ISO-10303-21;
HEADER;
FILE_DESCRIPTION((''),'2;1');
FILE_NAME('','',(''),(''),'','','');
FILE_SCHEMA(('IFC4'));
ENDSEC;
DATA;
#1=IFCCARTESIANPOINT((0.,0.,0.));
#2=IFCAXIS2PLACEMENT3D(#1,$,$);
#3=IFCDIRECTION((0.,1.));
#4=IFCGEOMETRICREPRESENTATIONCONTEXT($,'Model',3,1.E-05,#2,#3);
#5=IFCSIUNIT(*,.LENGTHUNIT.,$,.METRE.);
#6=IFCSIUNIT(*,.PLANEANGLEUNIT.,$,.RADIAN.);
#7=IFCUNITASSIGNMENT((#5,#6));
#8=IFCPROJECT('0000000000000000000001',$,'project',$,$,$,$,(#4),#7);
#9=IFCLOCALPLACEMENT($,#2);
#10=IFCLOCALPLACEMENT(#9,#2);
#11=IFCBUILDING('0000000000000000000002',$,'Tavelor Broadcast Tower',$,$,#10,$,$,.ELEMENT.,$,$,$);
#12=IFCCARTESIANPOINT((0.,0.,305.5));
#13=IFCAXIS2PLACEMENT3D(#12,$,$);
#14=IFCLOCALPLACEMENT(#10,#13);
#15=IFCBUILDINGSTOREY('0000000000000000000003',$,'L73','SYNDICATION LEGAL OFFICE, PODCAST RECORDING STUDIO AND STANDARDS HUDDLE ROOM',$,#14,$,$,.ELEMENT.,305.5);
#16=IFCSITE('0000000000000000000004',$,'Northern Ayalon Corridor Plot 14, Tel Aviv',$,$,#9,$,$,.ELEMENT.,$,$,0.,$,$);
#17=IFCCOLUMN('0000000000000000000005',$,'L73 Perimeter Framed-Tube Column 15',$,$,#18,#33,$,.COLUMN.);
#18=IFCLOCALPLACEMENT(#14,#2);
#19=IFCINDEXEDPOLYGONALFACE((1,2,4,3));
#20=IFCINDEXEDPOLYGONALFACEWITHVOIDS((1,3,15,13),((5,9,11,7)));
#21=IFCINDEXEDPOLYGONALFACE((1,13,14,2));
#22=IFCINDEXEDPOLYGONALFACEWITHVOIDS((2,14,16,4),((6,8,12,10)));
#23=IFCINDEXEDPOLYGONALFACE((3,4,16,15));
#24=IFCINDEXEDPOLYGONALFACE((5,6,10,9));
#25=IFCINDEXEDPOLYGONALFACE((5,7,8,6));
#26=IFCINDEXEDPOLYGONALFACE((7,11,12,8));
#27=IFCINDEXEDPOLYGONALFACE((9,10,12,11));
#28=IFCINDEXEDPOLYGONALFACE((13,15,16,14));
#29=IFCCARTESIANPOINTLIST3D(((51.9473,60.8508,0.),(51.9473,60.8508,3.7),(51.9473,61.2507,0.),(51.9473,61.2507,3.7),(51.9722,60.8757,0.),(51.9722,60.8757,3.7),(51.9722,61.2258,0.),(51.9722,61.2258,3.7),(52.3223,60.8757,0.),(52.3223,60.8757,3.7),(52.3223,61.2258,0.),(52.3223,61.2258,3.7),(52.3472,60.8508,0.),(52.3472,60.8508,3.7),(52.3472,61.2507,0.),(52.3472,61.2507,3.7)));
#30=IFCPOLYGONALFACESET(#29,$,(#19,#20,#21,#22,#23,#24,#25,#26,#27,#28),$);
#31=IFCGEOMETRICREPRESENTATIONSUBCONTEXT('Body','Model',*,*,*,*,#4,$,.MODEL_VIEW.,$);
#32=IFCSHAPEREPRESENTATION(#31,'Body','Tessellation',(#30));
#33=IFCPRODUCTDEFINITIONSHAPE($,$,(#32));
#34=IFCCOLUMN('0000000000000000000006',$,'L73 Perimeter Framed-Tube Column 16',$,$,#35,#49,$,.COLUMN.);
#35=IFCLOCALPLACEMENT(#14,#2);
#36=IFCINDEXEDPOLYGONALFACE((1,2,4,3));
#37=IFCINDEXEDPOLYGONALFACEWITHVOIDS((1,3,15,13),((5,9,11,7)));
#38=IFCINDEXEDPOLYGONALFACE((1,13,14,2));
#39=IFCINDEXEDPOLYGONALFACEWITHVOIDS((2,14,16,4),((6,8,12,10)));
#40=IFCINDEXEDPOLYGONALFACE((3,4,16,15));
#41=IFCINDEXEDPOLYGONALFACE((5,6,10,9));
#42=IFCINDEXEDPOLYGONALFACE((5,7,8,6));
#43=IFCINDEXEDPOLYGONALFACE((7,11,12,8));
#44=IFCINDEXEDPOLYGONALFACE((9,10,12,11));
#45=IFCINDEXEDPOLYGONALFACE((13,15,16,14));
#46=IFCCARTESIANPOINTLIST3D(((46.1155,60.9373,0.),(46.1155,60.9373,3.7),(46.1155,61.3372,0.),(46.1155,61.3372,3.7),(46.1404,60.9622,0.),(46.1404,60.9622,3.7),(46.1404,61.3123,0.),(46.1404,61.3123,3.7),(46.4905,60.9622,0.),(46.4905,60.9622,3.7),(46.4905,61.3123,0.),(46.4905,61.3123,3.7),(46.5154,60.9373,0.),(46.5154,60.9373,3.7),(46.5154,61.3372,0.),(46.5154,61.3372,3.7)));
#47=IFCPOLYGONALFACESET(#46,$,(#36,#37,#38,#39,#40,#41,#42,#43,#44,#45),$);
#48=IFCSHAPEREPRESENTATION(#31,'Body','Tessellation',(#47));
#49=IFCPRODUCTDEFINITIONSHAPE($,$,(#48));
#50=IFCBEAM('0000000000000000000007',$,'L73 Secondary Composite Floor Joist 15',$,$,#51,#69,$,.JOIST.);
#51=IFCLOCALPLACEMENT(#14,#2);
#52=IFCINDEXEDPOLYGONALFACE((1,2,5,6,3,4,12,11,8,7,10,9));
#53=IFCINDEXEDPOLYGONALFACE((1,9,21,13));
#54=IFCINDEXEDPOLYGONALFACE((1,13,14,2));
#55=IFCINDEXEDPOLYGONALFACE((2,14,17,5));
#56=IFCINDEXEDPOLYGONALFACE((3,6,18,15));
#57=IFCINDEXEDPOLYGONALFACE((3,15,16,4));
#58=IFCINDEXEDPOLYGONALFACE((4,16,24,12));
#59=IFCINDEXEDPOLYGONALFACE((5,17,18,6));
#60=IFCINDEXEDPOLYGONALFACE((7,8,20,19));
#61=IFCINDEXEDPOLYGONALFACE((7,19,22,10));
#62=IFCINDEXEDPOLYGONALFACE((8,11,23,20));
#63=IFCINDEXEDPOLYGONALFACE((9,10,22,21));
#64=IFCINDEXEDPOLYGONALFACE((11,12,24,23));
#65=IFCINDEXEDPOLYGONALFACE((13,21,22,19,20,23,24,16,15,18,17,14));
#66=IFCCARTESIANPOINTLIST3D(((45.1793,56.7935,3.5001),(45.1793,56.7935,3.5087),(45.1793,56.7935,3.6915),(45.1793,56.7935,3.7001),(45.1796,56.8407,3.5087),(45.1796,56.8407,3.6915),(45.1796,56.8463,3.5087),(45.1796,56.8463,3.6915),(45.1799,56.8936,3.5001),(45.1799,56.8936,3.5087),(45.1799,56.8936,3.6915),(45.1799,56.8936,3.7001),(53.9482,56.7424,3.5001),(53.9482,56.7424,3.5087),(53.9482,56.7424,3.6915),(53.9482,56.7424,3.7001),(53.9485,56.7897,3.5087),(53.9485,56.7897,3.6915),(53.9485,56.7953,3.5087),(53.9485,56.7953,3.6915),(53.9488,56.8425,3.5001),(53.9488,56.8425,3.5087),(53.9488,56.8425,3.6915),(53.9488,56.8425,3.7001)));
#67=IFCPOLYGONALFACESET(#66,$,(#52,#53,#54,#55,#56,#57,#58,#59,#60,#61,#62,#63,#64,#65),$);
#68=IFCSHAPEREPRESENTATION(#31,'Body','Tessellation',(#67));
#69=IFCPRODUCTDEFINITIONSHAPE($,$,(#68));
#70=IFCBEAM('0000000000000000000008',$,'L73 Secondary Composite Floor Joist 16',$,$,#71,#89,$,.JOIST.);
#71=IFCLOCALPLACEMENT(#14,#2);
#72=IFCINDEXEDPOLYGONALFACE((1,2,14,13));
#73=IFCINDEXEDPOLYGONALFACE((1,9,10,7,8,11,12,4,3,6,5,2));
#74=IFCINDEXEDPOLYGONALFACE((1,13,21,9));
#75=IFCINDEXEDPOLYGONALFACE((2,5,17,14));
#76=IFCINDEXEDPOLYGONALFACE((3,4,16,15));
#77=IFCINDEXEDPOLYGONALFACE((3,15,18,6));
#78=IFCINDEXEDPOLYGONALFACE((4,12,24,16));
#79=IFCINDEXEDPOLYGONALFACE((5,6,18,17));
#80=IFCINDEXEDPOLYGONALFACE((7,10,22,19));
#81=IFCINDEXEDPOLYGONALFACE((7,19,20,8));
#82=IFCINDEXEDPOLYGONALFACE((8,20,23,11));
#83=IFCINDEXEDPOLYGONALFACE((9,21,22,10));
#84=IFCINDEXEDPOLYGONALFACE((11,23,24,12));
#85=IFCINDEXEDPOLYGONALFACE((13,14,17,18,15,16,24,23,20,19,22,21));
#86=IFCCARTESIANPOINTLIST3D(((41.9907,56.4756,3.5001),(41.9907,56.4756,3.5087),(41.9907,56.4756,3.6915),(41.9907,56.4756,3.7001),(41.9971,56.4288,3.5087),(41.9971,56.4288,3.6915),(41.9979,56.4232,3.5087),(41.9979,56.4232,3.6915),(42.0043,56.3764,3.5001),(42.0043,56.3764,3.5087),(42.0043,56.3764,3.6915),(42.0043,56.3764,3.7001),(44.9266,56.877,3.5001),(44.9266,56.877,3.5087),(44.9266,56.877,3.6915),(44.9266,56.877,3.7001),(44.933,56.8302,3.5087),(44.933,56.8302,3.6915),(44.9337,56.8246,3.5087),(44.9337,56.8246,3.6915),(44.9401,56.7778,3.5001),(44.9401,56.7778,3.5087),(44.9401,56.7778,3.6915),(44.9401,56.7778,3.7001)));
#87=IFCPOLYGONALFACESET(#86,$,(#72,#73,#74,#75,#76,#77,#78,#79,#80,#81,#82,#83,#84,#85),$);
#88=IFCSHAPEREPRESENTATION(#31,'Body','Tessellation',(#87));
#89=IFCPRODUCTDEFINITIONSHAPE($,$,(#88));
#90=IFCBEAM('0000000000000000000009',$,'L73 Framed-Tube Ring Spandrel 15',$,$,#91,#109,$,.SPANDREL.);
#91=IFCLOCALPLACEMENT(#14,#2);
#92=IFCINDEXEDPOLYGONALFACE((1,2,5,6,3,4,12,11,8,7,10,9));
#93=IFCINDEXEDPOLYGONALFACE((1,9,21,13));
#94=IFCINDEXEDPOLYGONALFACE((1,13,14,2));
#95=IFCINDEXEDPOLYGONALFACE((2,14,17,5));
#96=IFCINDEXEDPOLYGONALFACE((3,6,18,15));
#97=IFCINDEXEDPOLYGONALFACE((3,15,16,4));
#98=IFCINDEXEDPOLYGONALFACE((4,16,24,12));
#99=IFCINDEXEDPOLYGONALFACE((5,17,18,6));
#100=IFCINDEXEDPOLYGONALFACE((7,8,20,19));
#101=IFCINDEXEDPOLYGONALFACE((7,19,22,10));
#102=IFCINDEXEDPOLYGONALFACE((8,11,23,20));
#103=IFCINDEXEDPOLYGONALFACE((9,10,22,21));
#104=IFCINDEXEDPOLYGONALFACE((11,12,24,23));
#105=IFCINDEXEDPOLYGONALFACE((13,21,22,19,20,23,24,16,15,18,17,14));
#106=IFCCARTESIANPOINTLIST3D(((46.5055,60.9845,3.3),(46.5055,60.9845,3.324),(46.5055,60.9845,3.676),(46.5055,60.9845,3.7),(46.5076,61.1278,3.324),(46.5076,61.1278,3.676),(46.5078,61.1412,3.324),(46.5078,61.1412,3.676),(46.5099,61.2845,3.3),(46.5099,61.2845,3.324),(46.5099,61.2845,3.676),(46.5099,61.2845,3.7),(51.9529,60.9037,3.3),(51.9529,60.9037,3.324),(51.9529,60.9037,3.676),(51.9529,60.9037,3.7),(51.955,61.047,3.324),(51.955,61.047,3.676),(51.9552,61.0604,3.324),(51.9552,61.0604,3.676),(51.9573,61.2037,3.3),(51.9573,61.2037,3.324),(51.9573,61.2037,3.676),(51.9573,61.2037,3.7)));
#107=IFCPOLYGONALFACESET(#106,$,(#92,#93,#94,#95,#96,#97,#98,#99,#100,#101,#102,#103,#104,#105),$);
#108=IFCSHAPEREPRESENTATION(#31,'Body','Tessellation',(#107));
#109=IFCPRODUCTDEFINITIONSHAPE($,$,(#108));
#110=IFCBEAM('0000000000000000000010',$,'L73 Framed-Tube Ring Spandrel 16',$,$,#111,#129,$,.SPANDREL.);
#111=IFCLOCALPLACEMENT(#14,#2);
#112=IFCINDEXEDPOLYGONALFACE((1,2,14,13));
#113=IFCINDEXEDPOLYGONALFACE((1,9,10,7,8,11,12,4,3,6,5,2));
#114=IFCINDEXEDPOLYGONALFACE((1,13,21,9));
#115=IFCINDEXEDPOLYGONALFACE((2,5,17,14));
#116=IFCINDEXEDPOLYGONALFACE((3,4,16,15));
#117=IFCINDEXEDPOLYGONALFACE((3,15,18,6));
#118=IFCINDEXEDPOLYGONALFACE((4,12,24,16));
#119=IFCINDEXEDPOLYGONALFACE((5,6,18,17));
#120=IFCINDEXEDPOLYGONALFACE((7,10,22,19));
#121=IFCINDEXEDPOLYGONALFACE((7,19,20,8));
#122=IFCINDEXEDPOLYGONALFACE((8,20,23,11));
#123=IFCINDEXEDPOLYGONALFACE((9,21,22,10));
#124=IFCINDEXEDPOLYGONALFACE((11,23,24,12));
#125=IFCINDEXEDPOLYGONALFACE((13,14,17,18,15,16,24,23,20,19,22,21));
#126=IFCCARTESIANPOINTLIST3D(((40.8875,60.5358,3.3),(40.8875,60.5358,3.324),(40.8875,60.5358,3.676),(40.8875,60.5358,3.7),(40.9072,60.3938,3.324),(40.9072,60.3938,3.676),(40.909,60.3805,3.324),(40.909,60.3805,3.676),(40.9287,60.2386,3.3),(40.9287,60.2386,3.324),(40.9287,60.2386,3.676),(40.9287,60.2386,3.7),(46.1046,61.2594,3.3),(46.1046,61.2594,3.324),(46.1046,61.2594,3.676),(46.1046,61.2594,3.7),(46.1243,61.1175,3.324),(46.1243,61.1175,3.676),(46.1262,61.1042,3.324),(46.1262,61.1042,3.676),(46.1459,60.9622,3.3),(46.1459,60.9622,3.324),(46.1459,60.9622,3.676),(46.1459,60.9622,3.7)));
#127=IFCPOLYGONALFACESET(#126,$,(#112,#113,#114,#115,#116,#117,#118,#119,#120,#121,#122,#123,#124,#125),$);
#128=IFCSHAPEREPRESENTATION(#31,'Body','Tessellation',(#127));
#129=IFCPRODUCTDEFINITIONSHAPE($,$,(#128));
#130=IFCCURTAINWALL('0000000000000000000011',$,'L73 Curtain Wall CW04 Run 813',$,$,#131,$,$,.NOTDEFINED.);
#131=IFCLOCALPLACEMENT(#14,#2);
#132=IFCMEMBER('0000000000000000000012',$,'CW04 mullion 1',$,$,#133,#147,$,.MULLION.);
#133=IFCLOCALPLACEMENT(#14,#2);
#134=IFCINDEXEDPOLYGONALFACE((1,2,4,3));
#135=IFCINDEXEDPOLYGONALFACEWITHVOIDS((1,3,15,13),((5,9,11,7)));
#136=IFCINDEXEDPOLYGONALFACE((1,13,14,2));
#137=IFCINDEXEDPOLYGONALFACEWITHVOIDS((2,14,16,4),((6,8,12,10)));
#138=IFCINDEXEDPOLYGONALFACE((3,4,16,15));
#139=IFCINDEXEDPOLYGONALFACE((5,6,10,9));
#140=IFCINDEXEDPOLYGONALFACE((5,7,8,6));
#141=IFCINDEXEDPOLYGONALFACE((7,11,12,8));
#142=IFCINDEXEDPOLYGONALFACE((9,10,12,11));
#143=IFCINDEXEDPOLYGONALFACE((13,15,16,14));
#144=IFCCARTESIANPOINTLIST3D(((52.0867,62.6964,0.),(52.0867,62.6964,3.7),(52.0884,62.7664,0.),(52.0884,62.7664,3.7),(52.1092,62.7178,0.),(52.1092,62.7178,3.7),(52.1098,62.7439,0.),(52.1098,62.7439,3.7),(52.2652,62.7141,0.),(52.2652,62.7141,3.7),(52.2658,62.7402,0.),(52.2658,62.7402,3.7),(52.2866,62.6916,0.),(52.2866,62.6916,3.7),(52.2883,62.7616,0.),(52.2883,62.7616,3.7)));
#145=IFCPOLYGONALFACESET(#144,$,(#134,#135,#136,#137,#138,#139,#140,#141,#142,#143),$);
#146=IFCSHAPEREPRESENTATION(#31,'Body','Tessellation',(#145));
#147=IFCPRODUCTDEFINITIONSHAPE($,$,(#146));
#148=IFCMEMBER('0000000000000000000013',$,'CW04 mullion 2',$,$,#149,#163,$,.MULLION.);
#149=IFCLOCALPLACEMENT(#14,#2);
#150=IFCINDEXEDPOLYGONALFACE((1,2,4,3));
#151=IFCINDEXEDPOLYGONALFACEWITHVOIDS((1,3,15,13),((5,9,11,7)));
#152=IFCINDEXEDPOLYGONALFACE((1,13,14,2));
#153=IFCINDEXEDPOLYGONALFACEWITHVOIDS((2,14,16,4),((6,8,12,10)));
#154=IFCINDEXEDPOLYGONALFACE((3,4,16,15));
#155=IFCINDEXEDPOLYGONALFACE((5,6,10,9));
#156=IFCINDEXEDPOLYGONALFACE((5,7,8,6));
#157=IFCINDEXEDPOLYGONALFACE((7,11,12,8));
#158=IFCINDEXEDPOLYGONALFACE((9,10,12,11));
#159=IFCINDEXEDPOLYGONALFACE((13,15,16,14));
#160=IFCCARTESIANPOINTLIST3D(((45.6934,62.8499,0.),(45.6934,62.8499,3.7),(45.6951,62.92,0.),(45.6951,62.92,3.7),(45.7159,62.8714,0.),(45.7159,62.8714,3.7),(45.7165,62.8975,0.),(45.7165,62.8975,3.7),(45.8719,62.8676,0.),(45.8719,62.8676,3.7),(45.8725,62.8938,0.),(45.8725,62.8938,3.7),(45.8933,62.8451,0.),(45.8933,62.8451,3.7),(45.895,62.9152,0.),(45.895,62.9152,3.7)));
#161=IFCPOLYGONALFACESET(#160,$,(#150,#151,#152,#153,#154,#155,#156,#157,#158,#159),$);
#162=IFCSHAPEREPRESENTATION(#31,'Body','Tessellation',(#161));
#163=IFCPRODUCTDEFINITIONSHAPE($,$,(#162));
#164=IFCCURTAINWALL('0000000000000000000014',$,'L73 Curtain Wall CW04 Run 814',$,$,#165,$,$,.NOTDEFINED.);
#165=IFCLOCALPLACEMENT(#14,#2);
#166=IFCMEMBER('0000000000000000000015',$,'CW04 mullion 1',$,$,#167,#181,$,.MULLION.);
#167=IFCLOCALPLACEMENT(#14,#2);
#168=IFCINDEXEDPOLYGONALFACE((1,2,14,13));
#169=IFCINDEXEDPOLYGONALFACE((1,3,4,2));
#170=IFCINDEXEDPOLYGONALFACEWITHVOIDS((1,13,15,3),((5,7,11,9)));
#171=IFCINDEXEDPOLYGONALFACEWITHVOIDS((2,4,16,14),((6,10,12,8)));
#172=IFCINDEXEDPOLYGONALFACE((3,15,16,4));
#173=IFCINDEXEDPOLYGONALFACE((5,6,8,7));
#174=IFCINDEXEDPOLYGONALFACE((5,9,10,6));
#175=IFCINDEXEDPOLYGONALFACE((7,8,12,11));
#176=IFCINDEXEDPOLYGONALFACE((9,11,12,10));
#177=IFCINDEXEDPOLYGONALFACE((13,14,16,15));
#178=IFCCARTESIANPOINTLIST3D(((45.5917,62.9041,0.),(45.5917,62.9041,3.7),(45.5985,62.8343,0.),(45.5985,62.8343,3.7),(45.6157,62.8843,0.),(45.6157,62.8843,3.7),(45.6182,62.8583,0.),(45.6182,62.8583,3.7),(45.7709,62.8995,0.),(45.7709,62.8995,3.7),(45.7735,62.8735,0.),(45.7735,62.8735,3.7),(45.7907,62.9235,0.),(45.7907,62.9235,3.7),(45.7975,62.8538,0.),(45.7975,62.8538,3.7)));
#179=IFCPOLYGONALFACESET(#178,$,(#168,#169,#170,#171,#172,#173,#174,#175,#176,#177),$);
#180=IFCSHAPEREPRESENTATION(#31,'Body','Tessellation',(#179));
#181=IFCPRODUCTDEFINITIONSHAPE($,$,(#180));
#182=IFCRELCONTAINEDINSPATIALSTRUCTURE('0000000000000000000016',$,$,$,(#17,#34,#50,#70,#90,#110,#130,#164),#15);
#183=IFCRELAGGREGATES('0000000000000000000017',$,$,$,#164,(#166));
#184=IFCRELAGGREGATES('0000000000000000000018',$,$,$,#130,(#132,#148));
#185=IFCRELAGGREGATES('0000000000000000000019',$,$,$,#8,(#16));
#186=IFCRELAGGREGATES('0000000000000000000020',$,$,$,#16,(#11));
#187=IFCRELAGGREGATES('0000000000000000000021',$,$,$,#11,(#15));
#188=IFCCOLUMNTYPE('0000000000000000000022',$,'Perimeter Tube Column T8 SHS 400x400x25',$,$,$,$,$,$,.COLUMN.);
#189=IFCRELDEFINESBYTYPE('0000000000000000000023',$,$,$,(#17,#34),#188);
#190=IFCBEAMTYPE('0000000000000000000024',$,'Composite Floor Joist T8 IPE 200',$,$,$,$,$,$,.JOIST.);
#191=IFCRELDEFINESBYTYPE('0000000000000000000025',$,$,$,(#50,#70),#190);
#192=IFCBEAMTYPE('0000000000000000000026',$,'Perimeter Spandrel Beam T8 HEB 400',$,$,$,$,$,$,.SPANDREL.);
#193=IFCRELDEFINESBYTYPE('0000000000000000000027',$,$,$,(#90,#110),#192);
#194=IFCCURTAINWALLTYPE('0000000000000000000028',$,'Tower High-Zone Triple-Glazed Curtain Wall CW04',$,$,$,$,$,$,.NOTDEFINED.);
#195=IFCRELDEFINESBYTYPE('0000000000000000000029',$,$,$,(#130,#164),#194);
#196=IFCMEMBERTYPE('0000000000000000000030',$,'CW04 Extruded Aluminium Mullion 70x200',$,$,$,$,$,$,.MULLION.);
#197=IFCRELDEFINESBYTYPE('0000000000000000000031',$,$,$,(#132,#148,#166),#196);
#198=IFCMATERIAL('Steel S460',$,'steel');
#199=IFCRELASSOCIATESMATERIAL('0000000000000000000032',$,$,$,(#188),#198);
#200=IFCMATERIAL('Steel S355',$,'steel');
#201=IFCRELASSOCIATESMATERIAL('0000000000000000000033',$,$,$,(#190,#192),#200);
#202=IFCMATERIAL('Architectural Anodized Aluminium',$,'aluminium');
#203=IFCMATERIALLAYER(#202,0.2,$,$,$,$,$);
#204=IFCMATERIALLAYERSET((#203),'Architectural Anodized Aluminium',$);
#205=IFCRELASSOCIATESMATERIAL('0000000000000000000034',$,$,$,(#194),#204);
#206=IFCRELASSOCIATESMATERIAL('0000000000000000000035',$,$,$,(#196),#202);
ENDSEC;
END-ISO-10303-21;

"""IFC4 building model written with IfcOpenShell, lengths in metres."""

from ifc_helpers import new_model, si_unit, direction, frame, origin, origin_2d, place, context, subcontext, project, spatial, hollow_rectangle, i_section, extrude, source, transform, mapped, material, layer, layer_set, material_profile, profile_set, type_object, type_shapes, element, aggregate, save


model = new_model("IFC4")

# Units and contexts
model_context = context("Model", 3, precision=1e-05, world=origin(), true_north=direction((0.0, 1.0)))
body_context = subcontext(model_context, "Body", "Model", "MODEL_VIEW")
ifc_project = project(units=[si_unit("LENGTHUNIT", "METRE"), si_unit("PLANEANGLEUNIT", "RADIAN")], contexts=[model_context])

# Site, building, storey
site_placement = place(None, origin())
site = spatial("IfcSite", under=ifc_project, at=site_placement, Name="Northern Ayalon Corridor Plot 14, Tel Aviv", CompositionType="ELEMENT", RefElevation=0.0)
building_placement = place(site_placement, origin())
building = spatial("IfcBuilding", under=site, at=building_placement, Name="Tavelor Broadcast Tower", CompositionType="ELEMENT")
storey_placement = place(building_placement, frame((0.0, 0.0, 305.5)))
storey = spatial("IfcBuildingStorey", under=building, at=storey_placement, Name="L73", Description="SYNDICATION LEGAL OFFICE, PODCAST RECORDING STUDIO AND STANDARDS HUDDLE ROOM", CompositionType="ELEMENT", Elevation=305.5)

# Columns
ifc_material_1 = material(Name="Steel S460", Category="steel")
ifc_material_profile_1 = material_profile(ifc_material_1, hollow_rectangle(XDim=0.3999, YDim=0.3999, WallThickness=0.0249, at=origin_2d()), Name="SHS 400x400x25")
ifc_profile_set_1 = profile_set([ifc_material_profile_1], Name="Steel S460")
column_type = type_object("IfcColumnType", Name="Perimeter Tube Column T8 SHS 400x400x25", PredefinedType="COLUMN", material=ifc_profile_set_1)
for number, where, z_axis, x_axis, name in (
    (1, (52.1472, 61.0508, 0.0), (0.0, 0.0, 1.0), (1.0, 0.0, 0.0), "L73 Perimeter Framed-Tube Column 15"),
    (2, (46.3154, 61.1372, 0.0), (0.0, 0.0, 1.0), (1.0, 0.0, 0.0), "L73 Perimeter Framed-Tube Column 16"),
):
    element("IfcColumn", number, at=place(storey_placement, frame(where, z_axis=z_axis, x_axis=x_axis)), inside=storey, type_object=column_type, Name=name, PredefinedType="COLUMN", context=body_context, shape_type="SweptSolid", body=[
        extrude(hollow_rectangle(XDim=0.3999, YDim=0.3999, WallThickness=0.0249, at=origin_2d()), origin(), (0.0, 0.0, 1.0), 3.7),
    ])

# Beams
ifc_material_2 = material(Name="Steel S355", Category="steel")
ifc_material_profile_2 = material_profile(ifc_material_2, i_section(OverallWidth=0.1001, OverallDepth=0.2, WebThickness=0.0056, FlangeThickness=0.0085, at=origin_2d()), Name="IPE 200")
ifc_profile_set_2 = profile_set([ifc_material_profile_2], Name="Steel S355")
beam_type_1 = type_object("IfcBeamType", Name="Composite Floor Joist T8 IPE 200", PredefinedType="JOIST", material=ifc_profile_set_2)
beam_1_placement = place(storey_placement, frame((53.9485, 56.7925, 3.6001), z_axis=(-0.999983, 0.005819, 0.0), x_axis=(-0.005819, -0.999983, 0.0)))
element("IfcBeam", 3, at=beam_1_placement, inside=storey, type_object=beam_type_1, Name="L73 Secondary Composite Floor Joist 15", PredefinedType="JOIST", context=body_context, shape_type="SweptSolid", body=[
    extrude(i_section(OverallWidth=0.1001, OverallDepth=0.2, WebThickness=0.0056, FlangeThickness=0.0085, at=origin_2d()), origin(), (0.0, 0.0, 1.0), 8.769),
])
beam_2_placement = place(storey_placement, frame((44.9333, 56.8274, 3.6001), z_axis=(-0.990783, -0.135455, 0.0), x_axis=(0.135455, -0.990783, 0.0)))
element("IfcBeam", 4, at=beam_2_placement, inside=storey, type_object=beam_type_1, Name="L73 Secondary Composite Floor Joist 16", PredefinedType="JOIST", context=body_context, shape_type="SweptSolid", body=[
    extrude(i_section(OverallWidth=0.1001, OverallDepth=0.2, WebThickness=0.0056, FlangeThickness=0.0085, at=origin_2d()), origin(), (0.0, 0.0, 1.0), 2.9631),
])
ifc_material_profile_3 = material_profile(ifc_material_2, i_section(OverallWidth=0.3, OverallDepth=0.3999, WebThickness=0.0134, FlangeThickness=0.0239, at=origin_2d()), Name="HEB 400")
ifc_profile_set_3 = profile_set([ifc_material_profile_3], Name="Steel S355")
beam_type_2 = type_object("IfcBeamType", Name="Perimeter Spandrel Beam T8 HEB 400", PredefinedType="SPANDREL", material=ifc_profile_set_3)
beam_3_placement = place(storey_placement, frame((51.9551, 61.0537, 3.5), z_axis=(-0.99989, 0.014833, 0.0), x_axis=(-0.014833, -0.99989, 0.0)))
element("IfcBeam", 5, at=beam_3_placement, inside=storey, type_object=beam_type_2, Name="L73 Framed-Tube Ring Spandrel 15", PredefinedType="SPANDREL", context=body_context, shape_type="SweptSolid", body=[
    extrude(i_section(OverallWidth=0.3, OverallDepth=0.3999, WebThickness=0.0134, FlangeThickness=0.0239, at=origin_2d()), origin(), (0.0, 0.0, 1.0), 5.448),
])
beam_4_placement = place(storey_placement, frame((46.1252, 61.1108, 3.5), z_axis=(-0.990517, -0.13739, 0.0), x_axis=(0.13739, -0.990517, 0.0)))
element("IfcBeam", 6, at=beam_4_placement, inside=storey, type_object=beam_type_2, Name="L73 Framed-Tube Ring Spandrel 16", PredefinedType="SPANDREL", context=body_context, shape_type="SweptSolid", body=[
    extrude(i_section(OverallWidth=0.3, OverallDepth=0.3999, WebThickness=0.0134, FlangeThickness=0.0239, at=origin_2d()), origin(), (0.0, 0.0, 1.0), 5.2671),
])

# Curtain wall, members
ifc_material_3 = material(Name="Architectural Anodized Aluminium", Category="aluminium")
ifc_layer_1 = layer(ifc_material_3, 0.2)
ifc_layer_set_1 = layer_set([ifc_layer_1], Name="Architectural Anodized Aluminium")
curtain_wall_type = type_object("IfcCurtainWallType", Name="Tower High-Zone Triple-Glazed Curtain Wall CW04", PredefinedType="NOTDEFINED", material=ifc_layer_set_1)
curtain_wall_1_placement = place(storey_placement, origin())
curtain_wall_1 = element("IfcCurtainWall", 7, at=curtain_wall_1_placement, inside=storey, type_object=curtain_wall_type, Name="L73 Curtain Wall CW04 Run 813", PredefinedType="NOTDEFINED")
ifc_material_profile_4 = material_profile(ifc_material_3, hollow_rectangle(XDim=0.0701, YDim=0.2, WallThickness=0.022, at=origin_2d()), Name="RHS 70x200x22")
ifc_profile_set_4 = profile_set([ifc_material_profile_4], Name="Architectural Anodized Aluminium")
member_type_1 = type_object("IfcMemberType", Name="CW04 Extruded Aluminium Mullion 70x200", PredefinedType="MULLION", material=ifc_profile_set_4)
shared_shape_1 = source(origin(), body_context, "Body", "SweptSolid", [
    extrude(hollow_rectangle(XDim=0.0701, YDim=0.2, WallThickness=0.022, at=origin_2d()), origin(), (0.0, 0.0, 1.0), 3.7),
])
type_shapes(member_type_1, [shared_shape_1])
member_1_placement = place(storey_placement, frame((52.1875, 62.729, 0.0), z_axis=(0.0, 0.0, 1.0), x_axis=(-0.024005, -0.999712, 0.0)))
member_1 = element("IfcMember", 8, at=member_1_placement, type_object=member_type_1, Name="CW04 mullion 1", PredefinedType="MULLION", context=body_context, shape_type="MappedRepresentation", body=[
    mapped(shared_shape_1, transform((0.0, 0.0, 0.0), scale=1.0)),
])
member_2_placement = place(storey_placement, frame((45.7942, 62.8826, 0.0), z_axis=(0.0, 0.0, 1.0), x_axis=(-0.024005, -0.999712, 0.0)))
member_2 = element("IfcMember", 9, at=member_2_placement, type_object=member_type_1, Name="CW04 mullion 2", PredefinedType="MULLION", context=body_context, shape_type="MappedRepresentation", body=[
    mapped(shared_shape_1, transform((0.0, 0.0, 0.0), scale=1.0)),
])

# Curtain wall, member
curtain_wall_2_placement = place(storey_placement, origin())
curtain_wall_2 = element("IfcCurtainWall", 10, at=curtain_wall_2_placement, inside=storey, type_object=curtain_wall_type, Name="L73 Curtain Wall CW04 Run 814", PredefinedType="NOTDEFINED")
member_3_placement = place(storey_placement, frame((45.6946, 62.8789, 0.0), z_axis=(0.0, 0.0, 1.0), x_axis=(0.097158, -0.995269, 0.0)))
member_3 = element("IfcMember", 11, at=member_3_placement, type_object=member_type_1, Name="CW04 mullion 1", PredefinedType="MULLION", context=body_context, shape_type="MappedRepresentation", body=[
    mapped(shared_shape_1, transform((0.0, 0.0, 0.0), scale=1.0)),
])

aggregate(curtain_wall_2, [member_3])

aggregate(curtain_wall_1, [member_1, member_2])

save(model, "model.ifc")
